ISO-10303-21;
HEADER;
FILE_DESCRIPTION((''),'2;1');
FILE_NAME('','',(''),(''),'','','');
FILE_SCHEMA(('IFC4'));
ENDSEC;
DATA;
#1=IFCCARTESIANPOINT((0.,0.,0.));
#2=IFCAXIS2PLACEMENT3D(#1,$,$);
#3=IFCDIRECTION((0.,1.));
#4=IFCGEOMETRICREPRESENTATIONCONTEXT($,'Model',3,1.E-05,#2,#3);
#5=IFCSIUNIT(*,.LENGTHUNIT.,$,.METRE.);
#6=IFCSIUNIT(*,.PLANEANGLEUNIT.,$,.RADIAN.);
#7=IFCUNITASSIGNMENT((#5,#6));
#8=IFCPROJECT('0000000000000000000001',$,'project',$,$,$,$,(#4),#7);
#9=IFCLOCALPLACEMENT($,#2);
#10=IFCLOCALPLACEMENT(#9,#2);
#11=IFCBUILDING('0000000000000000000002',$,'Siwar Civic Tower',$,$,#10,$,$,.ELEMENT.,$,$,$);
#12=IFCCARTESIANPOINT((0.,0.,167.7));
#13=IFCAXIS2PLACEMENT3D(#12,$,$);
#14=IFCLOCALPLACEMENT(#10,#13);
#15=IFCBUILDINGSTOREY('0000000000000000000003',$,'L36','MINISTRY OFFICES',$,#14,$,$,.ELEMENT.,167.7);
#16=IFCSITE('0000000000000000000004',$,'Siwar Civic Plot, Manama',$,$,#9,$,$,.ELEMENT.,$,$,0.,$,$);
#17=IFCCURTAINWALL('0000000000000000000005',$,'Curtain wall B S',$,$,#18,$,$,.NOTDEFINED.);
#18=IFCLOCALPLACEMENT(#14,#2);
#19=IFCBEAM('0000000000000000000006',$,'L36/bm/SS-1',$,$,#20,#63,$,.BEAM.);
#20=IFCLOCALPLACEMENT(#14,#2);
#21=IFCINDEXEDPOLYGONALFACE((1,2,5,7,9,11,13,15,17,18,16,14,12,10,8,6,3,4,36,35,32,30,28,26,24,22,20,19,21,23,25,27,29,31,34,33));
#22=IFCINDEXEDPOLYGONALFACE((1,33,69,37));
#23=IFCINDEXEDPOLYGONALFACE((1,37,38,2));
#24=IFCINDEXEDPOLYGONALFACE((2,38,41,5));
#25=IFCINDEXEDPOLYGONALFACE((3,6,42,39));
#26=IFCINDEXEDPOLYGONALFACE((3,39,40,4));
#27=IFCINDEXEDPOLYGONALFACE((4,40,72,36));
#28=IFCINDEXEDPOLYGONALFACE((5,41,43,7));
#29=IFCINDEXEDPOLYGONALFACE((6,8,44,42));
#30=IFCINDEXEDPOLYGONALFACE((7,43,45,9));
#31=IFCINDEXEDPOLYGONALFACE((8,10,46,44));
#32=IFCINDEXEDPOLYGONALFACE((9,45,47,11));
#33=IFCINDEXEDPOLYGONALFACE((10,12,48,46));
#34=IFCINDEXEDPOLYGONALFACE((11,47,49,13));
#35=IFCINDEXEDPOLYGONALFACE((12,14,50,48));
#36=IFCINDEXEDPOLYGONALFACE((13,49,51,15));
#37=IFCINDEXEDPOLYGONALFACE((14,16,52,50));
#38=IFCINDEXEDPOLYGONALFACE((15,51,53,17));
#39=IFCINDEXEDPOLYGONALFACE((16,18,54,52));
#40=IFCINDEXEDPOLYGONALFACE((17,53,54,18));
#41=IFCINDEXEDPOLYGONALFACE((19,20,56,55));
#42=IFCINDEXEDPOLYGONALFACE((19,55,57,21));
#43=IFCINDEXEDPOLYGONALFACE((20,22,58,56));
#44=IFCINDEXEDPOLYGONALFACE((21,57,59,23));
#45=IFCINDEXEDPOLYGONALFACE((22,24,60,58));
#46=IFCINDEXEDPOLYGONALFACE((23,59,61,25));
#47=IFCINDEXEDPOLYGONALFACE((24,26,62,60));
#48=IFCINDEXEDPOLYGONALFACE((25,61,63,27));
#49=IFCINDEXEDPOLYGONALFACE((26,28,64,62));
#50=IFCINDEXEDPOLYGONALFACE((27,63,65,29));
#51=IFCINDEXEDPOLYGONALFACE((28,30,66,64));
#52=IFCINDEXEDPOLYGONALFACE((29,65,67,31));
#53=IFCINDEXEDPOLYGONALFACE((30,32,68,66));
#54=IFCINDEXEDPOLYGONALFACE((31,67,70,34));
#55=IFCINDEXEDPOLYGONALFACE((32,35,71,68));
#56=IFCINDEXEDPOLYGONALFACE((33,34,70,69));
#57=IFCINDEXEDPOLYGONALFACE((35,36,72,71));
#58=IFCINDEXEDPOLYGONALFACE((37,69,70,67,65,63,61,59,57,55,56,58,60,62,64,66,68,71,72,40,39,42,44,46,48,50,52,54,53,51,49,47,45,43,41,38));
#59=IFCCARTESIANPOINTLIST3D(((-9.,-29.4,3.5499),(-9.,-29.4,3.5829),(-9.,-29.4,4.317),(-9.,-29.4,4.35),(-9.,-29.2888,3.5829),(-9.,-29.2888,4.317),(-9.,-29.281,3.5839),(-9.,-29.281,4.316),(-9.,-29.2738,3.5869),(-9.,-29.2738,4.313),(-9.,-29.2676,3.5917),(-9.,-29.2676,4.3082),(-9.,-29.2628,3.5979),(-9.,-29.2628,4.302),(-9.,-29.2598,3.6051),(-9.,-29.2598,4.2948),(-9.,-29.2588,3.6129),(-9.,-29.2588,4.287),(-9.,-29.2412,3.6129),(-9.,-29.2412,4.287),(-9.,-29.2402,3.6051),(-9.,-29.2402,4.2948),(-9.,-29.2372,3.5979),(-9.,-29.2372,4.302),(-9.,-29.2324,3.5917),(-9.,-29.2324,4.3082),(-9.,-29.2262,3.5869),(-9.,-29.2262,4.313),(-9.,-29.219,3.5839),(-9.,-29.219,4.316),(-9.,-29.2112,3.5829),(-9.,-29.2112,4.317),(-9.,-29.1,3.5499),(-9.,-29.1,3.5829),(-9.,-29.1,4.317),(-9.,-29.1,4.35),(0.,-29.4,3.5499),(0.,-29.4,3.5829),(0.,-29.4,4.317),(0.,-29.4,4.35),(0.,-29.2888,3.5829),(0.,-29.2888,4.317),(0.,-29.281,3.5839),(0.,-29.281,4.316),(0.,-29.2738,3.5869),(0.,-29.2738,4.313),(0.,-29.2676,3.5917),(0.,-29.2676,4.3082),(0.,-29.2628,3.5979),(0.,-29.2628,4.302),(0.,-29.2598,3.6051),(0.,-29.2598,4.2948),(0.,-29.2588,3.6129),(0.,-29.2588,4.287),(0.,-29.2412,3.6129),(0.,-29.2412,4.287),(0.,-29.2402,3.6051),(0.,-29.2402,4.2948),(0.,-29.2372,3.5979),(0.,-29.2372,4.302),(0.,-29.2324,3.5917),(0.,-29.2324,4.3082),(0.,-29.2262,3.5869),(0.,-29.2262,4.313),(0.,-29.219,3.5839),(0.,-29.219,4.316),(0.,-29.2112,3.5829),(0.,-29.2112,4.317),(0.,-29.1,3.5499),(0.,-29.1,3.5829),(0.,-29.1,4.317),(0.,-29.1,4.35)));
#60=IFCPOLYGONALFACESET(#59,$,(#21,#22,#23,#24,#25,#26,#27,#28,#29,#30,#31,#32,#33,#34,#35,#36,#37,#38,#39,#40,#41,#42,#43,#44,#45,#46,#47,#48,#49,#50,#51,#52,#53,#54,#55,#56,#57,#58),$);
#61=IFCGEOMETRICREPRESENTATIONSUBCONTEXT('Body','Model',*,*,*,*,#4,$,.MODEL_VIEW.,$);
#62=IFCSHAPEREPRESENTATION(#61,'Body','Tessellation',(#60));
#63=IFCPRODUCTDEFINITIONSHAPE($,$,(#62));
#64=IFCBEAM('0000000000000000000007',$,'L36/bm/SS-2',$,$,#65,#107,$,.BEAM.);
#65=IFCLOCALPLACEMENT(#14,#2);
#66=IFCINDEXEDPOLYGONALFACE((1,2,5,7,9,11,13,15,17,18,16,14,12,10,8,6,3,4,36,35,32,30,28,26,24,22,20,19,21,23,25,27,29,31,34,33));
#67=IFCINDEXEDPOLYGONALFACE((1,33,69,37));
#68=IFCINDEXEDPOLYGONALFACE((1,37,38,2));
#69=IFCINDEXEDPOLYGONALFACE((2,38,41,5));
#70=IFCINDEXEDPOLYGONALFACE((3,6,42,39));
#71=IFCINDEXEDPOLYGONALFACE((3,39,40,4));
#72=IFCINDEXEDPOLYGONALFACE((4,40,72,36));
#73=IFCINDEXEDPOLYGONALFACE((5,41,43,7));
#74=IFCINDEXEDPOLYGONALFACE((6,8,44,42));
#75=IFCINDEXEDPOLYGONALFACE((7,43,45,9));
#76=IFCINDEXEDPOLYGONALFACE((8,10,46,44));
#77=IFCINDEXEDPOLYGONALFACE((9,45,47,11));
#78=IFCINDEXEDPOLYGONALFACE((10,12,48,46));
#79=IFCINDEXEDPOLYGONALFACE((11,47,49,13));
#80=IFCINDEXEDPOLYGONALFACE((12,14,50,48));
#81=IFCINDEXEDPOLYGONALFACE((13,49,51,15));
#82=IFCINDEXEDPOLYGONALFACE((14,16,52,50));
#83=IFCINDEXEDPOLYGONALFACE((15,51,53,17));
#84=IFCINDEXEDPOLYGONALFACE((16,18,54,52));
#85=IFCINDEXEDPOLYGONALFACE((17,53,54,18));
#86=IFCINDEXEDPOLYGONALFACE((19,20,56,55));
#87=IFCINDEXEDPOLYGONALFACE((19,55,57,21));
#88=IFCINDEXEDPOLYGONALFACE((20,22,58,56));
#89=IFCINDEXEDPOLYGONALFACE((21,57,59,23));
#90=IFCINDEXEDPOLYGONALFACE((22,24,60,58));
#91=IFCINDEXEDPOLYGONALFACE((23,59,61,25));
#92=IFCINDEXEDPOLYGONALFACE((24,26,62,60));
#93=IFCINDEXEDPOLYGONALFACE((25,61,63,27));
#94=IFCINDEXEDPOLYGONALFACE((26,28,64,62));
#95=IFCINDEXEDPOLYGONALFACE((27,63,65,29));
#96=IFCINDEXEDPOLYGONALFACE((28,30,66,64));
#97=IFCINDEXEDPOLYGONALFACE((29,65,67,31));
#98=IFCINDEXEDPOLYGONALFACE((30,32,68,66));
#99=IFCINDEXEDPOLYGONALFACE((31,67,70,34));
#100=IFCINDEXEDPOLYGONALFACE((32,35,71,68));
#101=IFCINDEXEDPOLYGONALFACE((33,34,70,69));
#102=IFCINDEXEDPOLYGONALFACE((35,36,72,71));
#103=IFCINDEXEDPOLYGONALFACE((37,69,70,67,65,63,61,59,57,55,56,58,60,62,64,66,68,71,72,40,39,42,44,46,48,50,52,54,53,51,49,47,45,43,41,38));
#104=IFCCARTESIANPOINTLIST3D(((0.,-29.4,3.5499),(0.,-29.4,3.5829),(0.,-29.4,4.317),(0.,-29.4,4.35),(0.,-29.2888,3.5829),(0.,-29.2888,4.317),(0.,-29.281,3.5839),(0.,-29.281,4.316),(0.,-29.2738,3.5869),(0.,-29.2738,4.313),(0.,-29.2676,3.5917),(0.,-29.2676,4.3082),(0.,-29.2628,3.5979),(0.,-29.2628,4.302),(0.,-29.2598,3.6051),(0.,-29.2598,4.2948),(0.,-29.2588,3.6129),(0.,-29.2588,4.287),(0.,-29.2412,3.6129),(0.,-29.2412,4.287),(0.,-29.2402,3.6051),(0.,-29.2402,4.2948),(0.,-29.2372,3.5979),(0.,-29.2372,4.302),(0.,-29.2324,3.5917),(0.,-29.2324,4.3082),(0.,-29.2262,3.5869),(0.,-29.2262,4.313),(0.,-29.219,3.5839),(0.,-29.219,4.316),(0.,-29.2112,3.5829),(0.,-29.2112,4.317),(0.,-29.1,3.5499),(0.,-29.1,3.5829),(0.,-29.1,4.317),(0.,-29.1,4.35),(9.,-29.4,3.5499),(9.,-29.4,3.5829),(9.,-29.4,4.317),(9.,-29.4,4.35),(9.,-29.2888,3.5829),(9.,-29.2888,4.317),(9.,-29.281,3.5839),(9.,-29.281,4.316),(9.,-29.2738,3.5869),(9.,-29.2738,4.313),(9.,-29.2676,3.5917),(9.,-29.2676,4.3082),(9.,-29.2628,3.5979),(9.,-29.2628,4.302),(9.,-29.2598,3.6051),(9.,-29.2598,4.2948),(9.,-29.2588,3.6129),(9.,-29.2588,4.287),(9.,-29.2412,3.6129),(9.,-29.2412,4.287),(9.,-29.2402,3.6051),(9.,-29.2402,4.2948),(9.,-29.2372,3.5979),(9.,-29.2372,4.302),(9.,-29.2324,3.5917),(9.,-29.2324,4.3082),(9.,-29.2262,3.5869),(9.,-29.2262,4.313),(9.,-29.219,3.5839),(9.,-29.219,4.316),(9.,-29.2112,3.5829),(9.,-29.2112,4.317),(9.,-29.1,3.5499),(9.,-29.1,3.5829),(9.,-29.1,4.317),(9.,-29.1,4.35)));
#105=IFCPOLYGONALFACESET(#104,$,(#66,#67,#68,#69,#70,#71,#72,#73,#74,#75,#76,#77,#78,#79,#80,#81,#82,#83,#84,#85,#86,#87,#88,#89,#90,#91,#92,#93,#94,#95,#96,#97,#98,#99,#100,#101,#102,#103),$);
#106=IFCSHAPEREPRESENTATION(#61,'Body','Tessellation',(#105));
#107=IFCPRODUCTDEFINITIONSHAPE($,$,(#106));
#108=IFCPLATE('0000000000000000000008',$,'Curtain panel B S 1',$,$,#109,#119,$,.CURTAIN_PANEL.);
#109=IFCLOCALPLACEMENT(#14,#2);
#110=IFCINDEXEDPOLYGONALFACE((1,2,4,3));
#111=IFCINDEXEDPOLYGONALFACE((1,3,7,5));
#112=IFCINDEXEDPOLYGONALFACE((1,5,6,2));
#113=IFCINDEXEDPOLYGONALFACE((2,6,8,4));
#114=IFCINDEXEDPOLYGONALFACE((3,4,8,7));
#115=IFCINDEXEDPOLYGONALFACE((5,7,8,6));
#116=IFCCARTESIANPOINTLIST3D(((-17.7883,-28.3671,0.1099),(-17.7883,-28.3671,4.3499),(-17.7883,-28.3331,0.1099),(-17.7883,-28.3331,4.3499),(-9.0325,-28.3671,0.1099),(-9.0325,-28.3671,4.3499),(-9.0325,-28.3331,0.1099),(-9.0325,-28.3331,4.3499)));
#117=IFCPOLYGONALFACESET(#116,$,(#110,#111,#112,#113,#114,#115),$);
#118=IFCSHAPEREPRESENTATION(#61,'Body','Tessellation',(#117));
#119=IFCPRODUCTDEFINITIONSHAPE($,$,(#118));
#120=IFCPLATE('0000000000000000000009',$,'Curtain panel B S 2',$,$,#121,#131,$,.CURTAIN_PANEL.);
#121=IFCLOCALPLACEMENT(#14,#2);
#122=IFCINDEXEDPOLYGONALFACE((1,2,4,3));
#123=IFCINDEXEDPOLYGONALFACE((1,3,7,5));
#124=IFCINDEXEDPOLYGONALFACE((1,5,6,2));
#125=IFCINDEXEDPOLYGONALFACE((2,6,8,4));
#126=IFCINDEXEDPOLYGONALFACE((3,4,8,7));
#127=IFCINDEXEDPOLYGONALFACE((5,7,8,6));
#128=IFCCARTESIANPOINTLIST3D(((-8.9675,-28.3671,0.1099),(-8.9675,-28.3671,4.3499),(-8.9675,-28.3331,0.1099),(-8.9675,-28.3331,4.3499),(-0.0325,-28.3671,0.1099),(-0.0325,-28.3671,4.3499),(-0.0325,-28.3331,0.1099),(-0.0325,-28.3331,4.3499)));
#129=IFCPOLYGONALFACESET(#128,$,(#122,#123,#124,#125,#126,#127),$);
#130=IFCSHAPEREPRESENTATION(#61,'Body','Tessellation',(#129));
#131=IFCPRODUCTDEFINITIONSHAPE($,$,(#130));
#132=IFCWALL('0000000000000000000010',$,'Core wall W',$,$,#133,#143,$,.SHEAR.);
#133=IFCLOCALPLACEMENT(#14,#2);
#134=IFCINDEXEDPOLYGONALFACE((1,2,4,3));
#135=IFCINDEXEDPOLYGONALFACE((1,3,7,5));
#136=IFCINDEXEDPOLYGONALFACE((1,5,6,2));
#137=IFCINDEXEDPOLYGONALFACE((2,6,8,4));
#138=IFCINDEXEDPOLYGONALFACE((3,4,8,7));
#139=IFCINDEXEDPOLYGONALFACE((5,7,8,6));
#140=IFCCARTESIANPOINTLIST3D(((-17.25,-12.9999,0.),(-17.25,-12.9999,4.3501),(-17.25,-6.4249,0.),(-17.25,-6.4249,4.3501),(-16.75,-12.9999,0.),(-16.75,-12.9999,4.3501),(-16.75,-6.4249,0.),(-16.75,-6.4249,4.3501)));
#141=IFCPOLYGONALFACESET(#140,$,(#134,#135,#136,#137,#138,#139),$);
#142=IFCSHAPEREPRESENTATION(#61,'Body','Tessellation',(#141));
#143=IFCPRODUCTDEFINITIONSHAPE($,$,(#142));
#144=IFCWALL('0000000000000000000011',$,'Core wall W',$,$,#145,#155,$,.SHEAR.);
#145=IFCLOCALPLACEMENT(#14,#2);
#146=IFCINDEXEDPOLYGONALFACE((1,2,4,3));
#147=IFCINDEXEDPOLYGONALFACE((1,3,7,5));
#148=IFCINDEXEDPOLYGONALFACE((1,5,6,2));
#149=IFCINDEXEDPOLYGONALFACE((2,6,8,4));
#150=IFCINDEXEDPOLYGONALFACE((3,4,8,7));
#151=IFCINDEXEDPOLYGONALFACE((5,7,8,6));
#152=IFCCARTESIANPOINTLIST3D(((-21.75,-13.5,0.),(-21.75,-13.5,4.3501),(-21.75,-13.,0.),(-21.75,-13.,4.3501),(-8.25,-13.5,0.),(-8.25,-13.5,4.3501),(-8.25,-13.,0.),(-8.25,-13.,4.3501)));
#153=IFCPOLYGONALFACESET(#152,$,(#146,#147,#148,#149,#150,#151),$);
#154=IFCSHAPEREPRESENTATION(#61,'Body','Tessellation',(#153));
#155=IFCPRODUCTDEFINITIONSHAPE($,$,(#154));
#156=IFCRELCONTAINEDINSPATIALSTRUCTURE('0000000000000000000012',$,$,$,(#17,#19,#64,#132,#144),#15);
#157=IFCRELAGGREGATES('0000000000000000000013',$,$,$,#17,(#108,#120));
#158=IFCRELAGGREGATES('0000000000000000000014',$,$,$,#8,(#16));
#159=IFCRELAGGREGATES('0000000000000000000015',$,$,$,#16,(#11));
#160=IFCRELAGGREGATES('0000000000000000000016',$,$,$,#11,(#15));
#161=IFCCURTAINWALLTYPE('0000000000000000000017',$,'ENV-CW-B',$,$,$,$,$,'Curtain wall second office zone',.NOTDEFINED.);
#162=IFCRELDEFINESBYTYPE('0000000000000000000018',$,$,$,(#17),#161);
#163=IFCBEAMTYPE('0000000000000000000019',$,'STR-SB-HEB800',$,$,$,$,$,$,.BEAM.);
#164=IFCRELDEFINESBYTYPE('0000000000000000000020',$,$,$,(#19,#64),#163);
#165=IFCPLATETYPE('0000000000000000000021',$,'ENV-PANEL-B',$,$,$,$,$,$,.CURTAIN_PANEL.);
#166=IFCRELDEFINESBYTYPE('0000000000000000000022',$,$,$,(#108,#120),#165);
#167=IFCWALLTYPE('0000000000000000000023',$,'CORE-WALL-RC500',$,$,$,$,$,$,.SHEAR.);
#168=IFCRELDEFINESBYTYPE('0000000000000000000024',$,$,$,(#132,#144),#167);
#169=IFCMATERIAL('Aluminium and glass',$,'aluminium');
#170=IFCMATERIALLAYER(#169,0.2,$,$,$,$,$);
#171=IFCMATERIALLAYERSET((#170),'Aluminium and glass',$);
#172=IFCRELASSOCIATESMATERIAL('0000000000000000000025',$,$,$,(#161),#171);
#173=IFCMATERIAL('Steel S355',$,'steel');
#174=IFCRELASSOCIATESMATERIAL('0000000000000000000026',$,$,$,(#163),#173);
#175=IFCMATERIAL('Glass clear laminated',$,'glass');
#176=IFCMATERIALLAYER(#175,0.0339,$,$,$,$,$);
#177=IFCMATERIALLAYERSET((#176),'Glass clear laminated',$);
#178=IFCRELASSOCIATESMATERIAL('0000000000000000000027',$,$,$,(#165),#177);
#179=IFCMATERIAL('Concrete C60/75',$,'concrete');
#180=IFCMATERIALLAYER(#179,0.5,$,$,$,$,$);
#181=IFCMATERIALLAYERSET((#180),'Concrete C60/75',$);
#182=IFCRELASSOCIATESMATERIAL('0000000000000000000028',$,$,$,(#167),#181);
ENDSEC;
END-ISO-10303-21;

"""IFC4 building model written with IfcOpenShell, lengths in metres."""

from ifc_helpers import new_model, si_unit, direction, frame, frame_2d, origin, origin_2d, place, context, subcontext, project, spatial, rectangle, i_section, extrude, material, layer, layer_set, material_profile, profile_set, type_object, element, aggregate, save


model = new_model("IFC4")

# Units and contexts
model_context = context("Model", 3, precision=1e-05, world=origin(), true_north=direction((0.0, 1.0)))
body_context = subcontext(model_context, "Body", "Model", "MODEL_VIEW")
ifc_project = project(units=[si_unit("LENGTHUNIT", "METRE"), si_unit("PLANEANGLEUNIT", "RADIAN")], contexts=[model_context])

# Site, building, storey
site_placement = place(None, origin())
site = spatial("IfcSite", under=ifc_project, at=site_placement, Name="Siwar Civic Plot, Manama", CompositionType="ELEMENT", RefElevation=0.0)
building_placement = place(site_placement, origin())
building = spatial("IfcBuilding", under=site, at=building_placement, Name="Siwar Civic Tower", CompositionType="ELEMENT")
storey_placement = place(building_placement, frame((0.0, 0.0, 167.7)))
storey = spatial("IfcBuildingStorey", under=building, at=storey_placement, Name="L36", Description="MINISTRY OFFICES", CompositionType="ELEMENT", Elevation=167.7)

# Curtain wall
ifc_material_1 = material(Name="Aluminium and glass", Category="aluminium")
ifc_layer_1 = layer(ifc_material_1, 0.2)
ifc_layer_set_1 = layer_set([ifc_layer_1], Name="Aluminium and glass")
curtain_wall_type = type_object("IfcCurtainWallType", Name="ENV-CW-B", ElementType="Curtain wall second office zone", PredefinedType="NOTDEFINED", material=ifc_layer_set_1)
curtain_wall_placement = place(storey_placement, origin())
curtain_wall = element("IfcCurtainWall", 1, at=curtain_wall_placement, inside=storey, type_object=curtain_wall_type, Name="Curtain wall B S", PredefinedType="NOTDEFINED")

# Beams
ifc_material_2 = material(Name="Steel S355", Category="steel")
ifc_material_profile_1 = material_profile(ifc_material_2, i_section(OverallWidth=0.3, OverallDepth=0.8, WebThickness=0.0176, FlangeThickness=0.033, FilletRadius=0.03, at=origin_2d()), Name="HEB800")
ifc_profile_set_1 = profile_set([ifc_material_profile_1], Name="Steel S355")
beam_type_1 = type_object("IfcBeamType", Name="STR-SB-HEB800", PredefinedType="BEAM", material=ifc_profile_set_1)
for number, where, z_axis, x_axis, name in (
    (2, (-9.0, -29.25, 3.95), (1.0, 0.0, 0.0), (0.0, 1.0, 0.0), "L36/bm/SS-1"),
    (3, (0.0, -29.25, 3.95), (1.0, 0.0, 0.0), (0.0, 1.0, 0.0), "L36/bm/SS-2"),
):
    element("IfcBeam", number, at=place(storey_placement, frame(where, z_axis=z_axis, x_axis=x_axis)), inside=storey, type_object=beam_type_1, Name=name, PredefinedType="BEAM", context=body_context, shape_type="SweptSolid", body=[
        extrude(i_section(OverallWidth=0.3, OverallDepth=0.8, WebThickness=0.0176, FlangeThickness=0.033, FilletRadius=0.03, at=origin_2d()), origin(), (0.0, 0.0, 1.0), 9.0),
    ])

# Plates
ifc_material_3 = material(Name="Glass clear laminated", Category="glass")
ifc_layer_2 = layer(ifc_material_3, 0.0339)
ifc_layer_set_2 = layer_set([ifc_layer_2], Name="Glass clear laminated")
plate_type = type_object("IfcPlateType", Name="ENV-PANEL-B", PredefinedType="CURTAIN_PANEL", material=ifc_layer_set_2)
plate_1_placement = place(storey_placement, frame((-13.4104, -28.3501, 0.1099), z_axis=(0.0, 0.0, 1.0), x_axis=(1.0, 0.0, 0.0)))
plate_1 = element("IfcPlate", 4, at=plate_1_placement, type_object=plate_type, Name="Curtain panel B S 1", PredefinedType="CURTAIN_PANEL", context=body_context, shape_type="SweptSolid", body=[
    extrude(rectangle(XDim=8.7559, YDim=0.0339, at=origin_2d()), origin(), (0.0, 0.0, 1.0), 4.24),
])
plate_2_placement = place(storey_placement, frame((-4.5, -28.3501, 0.1099), z_axis=(0.0, 0.0, 1.0), x_axis=(1.0, 0.0, 0.0)))
plate_2 = element("IfcPlate", 5, at=plate_2_placement, type_object=plate_type, Name="Curtain panel B S 2", PredefinedType="CURTAIN_PANEL", context=body_context, shape_type="SweptSolid", body=[
    extrude(rectangle(XDim=8.9351, YDim=0.0339, at=origin_2d()), origin(), (0.0, 0.0, 1.0), 4.24),
])
aggregate(curtain_wall, [plate_1, plate_2])

# Walls
ifc_material_4 = material(Name="Concrete C60/75", Category="concrete")
ifc_layer_3 = layer(ifc_material_4, 0.5)
ifc_layer_set_3 = layer_set([ifc_layer_3], Name="Concrete C60/75")
wall_type_1 = type_object("IfcWallType", Name="CORE-WALL-RC500", PredefinedType="SHEAR", material=ifc_layer_set_3)
wall_1_placement = place(storey_placement, frame((-17.0, -13.0, 0.0), z_axis=(0.0, 0.0, 1.0), x_axis=(0.0, 1.0, 0.0)))
element("IfcWall", 6, at=wall_1_placement, inside=storey, type_object=wall_type_1, Name="Core wall W", PredefinedType="SHEAR", context=body_context, shape_type="SweptSolid", body=[
    extrude(rectangle(XDim=6.575, YDim=0.5, at=frame_2d((3.2876, 0.0))), origin(), (0.0, 0.0, 1.0), 4.3501),
])
wall_2_placement = place(storey_placement, frame((-8.25, -13.25, 0.0), z_axis=(0.0, 0.0, 1.0), x_axis=(-1.0, 0.0, 0.0)))
element("IfcWall", 7, at=wall_2_placement, inside=storey, type_object=wall_type_1, Name="Core wall W", PredefinedType="SHEAR", context=body_context, shape_type="SweptSolid", body=[
    extrude(rectangle(XDim=13.5, YDim=0.5, at=frame_2d((6.75, 0.0))), origin(), (0.0, 0.0, 1.0), 4.3501),
])

save(model, "model.ifc")
